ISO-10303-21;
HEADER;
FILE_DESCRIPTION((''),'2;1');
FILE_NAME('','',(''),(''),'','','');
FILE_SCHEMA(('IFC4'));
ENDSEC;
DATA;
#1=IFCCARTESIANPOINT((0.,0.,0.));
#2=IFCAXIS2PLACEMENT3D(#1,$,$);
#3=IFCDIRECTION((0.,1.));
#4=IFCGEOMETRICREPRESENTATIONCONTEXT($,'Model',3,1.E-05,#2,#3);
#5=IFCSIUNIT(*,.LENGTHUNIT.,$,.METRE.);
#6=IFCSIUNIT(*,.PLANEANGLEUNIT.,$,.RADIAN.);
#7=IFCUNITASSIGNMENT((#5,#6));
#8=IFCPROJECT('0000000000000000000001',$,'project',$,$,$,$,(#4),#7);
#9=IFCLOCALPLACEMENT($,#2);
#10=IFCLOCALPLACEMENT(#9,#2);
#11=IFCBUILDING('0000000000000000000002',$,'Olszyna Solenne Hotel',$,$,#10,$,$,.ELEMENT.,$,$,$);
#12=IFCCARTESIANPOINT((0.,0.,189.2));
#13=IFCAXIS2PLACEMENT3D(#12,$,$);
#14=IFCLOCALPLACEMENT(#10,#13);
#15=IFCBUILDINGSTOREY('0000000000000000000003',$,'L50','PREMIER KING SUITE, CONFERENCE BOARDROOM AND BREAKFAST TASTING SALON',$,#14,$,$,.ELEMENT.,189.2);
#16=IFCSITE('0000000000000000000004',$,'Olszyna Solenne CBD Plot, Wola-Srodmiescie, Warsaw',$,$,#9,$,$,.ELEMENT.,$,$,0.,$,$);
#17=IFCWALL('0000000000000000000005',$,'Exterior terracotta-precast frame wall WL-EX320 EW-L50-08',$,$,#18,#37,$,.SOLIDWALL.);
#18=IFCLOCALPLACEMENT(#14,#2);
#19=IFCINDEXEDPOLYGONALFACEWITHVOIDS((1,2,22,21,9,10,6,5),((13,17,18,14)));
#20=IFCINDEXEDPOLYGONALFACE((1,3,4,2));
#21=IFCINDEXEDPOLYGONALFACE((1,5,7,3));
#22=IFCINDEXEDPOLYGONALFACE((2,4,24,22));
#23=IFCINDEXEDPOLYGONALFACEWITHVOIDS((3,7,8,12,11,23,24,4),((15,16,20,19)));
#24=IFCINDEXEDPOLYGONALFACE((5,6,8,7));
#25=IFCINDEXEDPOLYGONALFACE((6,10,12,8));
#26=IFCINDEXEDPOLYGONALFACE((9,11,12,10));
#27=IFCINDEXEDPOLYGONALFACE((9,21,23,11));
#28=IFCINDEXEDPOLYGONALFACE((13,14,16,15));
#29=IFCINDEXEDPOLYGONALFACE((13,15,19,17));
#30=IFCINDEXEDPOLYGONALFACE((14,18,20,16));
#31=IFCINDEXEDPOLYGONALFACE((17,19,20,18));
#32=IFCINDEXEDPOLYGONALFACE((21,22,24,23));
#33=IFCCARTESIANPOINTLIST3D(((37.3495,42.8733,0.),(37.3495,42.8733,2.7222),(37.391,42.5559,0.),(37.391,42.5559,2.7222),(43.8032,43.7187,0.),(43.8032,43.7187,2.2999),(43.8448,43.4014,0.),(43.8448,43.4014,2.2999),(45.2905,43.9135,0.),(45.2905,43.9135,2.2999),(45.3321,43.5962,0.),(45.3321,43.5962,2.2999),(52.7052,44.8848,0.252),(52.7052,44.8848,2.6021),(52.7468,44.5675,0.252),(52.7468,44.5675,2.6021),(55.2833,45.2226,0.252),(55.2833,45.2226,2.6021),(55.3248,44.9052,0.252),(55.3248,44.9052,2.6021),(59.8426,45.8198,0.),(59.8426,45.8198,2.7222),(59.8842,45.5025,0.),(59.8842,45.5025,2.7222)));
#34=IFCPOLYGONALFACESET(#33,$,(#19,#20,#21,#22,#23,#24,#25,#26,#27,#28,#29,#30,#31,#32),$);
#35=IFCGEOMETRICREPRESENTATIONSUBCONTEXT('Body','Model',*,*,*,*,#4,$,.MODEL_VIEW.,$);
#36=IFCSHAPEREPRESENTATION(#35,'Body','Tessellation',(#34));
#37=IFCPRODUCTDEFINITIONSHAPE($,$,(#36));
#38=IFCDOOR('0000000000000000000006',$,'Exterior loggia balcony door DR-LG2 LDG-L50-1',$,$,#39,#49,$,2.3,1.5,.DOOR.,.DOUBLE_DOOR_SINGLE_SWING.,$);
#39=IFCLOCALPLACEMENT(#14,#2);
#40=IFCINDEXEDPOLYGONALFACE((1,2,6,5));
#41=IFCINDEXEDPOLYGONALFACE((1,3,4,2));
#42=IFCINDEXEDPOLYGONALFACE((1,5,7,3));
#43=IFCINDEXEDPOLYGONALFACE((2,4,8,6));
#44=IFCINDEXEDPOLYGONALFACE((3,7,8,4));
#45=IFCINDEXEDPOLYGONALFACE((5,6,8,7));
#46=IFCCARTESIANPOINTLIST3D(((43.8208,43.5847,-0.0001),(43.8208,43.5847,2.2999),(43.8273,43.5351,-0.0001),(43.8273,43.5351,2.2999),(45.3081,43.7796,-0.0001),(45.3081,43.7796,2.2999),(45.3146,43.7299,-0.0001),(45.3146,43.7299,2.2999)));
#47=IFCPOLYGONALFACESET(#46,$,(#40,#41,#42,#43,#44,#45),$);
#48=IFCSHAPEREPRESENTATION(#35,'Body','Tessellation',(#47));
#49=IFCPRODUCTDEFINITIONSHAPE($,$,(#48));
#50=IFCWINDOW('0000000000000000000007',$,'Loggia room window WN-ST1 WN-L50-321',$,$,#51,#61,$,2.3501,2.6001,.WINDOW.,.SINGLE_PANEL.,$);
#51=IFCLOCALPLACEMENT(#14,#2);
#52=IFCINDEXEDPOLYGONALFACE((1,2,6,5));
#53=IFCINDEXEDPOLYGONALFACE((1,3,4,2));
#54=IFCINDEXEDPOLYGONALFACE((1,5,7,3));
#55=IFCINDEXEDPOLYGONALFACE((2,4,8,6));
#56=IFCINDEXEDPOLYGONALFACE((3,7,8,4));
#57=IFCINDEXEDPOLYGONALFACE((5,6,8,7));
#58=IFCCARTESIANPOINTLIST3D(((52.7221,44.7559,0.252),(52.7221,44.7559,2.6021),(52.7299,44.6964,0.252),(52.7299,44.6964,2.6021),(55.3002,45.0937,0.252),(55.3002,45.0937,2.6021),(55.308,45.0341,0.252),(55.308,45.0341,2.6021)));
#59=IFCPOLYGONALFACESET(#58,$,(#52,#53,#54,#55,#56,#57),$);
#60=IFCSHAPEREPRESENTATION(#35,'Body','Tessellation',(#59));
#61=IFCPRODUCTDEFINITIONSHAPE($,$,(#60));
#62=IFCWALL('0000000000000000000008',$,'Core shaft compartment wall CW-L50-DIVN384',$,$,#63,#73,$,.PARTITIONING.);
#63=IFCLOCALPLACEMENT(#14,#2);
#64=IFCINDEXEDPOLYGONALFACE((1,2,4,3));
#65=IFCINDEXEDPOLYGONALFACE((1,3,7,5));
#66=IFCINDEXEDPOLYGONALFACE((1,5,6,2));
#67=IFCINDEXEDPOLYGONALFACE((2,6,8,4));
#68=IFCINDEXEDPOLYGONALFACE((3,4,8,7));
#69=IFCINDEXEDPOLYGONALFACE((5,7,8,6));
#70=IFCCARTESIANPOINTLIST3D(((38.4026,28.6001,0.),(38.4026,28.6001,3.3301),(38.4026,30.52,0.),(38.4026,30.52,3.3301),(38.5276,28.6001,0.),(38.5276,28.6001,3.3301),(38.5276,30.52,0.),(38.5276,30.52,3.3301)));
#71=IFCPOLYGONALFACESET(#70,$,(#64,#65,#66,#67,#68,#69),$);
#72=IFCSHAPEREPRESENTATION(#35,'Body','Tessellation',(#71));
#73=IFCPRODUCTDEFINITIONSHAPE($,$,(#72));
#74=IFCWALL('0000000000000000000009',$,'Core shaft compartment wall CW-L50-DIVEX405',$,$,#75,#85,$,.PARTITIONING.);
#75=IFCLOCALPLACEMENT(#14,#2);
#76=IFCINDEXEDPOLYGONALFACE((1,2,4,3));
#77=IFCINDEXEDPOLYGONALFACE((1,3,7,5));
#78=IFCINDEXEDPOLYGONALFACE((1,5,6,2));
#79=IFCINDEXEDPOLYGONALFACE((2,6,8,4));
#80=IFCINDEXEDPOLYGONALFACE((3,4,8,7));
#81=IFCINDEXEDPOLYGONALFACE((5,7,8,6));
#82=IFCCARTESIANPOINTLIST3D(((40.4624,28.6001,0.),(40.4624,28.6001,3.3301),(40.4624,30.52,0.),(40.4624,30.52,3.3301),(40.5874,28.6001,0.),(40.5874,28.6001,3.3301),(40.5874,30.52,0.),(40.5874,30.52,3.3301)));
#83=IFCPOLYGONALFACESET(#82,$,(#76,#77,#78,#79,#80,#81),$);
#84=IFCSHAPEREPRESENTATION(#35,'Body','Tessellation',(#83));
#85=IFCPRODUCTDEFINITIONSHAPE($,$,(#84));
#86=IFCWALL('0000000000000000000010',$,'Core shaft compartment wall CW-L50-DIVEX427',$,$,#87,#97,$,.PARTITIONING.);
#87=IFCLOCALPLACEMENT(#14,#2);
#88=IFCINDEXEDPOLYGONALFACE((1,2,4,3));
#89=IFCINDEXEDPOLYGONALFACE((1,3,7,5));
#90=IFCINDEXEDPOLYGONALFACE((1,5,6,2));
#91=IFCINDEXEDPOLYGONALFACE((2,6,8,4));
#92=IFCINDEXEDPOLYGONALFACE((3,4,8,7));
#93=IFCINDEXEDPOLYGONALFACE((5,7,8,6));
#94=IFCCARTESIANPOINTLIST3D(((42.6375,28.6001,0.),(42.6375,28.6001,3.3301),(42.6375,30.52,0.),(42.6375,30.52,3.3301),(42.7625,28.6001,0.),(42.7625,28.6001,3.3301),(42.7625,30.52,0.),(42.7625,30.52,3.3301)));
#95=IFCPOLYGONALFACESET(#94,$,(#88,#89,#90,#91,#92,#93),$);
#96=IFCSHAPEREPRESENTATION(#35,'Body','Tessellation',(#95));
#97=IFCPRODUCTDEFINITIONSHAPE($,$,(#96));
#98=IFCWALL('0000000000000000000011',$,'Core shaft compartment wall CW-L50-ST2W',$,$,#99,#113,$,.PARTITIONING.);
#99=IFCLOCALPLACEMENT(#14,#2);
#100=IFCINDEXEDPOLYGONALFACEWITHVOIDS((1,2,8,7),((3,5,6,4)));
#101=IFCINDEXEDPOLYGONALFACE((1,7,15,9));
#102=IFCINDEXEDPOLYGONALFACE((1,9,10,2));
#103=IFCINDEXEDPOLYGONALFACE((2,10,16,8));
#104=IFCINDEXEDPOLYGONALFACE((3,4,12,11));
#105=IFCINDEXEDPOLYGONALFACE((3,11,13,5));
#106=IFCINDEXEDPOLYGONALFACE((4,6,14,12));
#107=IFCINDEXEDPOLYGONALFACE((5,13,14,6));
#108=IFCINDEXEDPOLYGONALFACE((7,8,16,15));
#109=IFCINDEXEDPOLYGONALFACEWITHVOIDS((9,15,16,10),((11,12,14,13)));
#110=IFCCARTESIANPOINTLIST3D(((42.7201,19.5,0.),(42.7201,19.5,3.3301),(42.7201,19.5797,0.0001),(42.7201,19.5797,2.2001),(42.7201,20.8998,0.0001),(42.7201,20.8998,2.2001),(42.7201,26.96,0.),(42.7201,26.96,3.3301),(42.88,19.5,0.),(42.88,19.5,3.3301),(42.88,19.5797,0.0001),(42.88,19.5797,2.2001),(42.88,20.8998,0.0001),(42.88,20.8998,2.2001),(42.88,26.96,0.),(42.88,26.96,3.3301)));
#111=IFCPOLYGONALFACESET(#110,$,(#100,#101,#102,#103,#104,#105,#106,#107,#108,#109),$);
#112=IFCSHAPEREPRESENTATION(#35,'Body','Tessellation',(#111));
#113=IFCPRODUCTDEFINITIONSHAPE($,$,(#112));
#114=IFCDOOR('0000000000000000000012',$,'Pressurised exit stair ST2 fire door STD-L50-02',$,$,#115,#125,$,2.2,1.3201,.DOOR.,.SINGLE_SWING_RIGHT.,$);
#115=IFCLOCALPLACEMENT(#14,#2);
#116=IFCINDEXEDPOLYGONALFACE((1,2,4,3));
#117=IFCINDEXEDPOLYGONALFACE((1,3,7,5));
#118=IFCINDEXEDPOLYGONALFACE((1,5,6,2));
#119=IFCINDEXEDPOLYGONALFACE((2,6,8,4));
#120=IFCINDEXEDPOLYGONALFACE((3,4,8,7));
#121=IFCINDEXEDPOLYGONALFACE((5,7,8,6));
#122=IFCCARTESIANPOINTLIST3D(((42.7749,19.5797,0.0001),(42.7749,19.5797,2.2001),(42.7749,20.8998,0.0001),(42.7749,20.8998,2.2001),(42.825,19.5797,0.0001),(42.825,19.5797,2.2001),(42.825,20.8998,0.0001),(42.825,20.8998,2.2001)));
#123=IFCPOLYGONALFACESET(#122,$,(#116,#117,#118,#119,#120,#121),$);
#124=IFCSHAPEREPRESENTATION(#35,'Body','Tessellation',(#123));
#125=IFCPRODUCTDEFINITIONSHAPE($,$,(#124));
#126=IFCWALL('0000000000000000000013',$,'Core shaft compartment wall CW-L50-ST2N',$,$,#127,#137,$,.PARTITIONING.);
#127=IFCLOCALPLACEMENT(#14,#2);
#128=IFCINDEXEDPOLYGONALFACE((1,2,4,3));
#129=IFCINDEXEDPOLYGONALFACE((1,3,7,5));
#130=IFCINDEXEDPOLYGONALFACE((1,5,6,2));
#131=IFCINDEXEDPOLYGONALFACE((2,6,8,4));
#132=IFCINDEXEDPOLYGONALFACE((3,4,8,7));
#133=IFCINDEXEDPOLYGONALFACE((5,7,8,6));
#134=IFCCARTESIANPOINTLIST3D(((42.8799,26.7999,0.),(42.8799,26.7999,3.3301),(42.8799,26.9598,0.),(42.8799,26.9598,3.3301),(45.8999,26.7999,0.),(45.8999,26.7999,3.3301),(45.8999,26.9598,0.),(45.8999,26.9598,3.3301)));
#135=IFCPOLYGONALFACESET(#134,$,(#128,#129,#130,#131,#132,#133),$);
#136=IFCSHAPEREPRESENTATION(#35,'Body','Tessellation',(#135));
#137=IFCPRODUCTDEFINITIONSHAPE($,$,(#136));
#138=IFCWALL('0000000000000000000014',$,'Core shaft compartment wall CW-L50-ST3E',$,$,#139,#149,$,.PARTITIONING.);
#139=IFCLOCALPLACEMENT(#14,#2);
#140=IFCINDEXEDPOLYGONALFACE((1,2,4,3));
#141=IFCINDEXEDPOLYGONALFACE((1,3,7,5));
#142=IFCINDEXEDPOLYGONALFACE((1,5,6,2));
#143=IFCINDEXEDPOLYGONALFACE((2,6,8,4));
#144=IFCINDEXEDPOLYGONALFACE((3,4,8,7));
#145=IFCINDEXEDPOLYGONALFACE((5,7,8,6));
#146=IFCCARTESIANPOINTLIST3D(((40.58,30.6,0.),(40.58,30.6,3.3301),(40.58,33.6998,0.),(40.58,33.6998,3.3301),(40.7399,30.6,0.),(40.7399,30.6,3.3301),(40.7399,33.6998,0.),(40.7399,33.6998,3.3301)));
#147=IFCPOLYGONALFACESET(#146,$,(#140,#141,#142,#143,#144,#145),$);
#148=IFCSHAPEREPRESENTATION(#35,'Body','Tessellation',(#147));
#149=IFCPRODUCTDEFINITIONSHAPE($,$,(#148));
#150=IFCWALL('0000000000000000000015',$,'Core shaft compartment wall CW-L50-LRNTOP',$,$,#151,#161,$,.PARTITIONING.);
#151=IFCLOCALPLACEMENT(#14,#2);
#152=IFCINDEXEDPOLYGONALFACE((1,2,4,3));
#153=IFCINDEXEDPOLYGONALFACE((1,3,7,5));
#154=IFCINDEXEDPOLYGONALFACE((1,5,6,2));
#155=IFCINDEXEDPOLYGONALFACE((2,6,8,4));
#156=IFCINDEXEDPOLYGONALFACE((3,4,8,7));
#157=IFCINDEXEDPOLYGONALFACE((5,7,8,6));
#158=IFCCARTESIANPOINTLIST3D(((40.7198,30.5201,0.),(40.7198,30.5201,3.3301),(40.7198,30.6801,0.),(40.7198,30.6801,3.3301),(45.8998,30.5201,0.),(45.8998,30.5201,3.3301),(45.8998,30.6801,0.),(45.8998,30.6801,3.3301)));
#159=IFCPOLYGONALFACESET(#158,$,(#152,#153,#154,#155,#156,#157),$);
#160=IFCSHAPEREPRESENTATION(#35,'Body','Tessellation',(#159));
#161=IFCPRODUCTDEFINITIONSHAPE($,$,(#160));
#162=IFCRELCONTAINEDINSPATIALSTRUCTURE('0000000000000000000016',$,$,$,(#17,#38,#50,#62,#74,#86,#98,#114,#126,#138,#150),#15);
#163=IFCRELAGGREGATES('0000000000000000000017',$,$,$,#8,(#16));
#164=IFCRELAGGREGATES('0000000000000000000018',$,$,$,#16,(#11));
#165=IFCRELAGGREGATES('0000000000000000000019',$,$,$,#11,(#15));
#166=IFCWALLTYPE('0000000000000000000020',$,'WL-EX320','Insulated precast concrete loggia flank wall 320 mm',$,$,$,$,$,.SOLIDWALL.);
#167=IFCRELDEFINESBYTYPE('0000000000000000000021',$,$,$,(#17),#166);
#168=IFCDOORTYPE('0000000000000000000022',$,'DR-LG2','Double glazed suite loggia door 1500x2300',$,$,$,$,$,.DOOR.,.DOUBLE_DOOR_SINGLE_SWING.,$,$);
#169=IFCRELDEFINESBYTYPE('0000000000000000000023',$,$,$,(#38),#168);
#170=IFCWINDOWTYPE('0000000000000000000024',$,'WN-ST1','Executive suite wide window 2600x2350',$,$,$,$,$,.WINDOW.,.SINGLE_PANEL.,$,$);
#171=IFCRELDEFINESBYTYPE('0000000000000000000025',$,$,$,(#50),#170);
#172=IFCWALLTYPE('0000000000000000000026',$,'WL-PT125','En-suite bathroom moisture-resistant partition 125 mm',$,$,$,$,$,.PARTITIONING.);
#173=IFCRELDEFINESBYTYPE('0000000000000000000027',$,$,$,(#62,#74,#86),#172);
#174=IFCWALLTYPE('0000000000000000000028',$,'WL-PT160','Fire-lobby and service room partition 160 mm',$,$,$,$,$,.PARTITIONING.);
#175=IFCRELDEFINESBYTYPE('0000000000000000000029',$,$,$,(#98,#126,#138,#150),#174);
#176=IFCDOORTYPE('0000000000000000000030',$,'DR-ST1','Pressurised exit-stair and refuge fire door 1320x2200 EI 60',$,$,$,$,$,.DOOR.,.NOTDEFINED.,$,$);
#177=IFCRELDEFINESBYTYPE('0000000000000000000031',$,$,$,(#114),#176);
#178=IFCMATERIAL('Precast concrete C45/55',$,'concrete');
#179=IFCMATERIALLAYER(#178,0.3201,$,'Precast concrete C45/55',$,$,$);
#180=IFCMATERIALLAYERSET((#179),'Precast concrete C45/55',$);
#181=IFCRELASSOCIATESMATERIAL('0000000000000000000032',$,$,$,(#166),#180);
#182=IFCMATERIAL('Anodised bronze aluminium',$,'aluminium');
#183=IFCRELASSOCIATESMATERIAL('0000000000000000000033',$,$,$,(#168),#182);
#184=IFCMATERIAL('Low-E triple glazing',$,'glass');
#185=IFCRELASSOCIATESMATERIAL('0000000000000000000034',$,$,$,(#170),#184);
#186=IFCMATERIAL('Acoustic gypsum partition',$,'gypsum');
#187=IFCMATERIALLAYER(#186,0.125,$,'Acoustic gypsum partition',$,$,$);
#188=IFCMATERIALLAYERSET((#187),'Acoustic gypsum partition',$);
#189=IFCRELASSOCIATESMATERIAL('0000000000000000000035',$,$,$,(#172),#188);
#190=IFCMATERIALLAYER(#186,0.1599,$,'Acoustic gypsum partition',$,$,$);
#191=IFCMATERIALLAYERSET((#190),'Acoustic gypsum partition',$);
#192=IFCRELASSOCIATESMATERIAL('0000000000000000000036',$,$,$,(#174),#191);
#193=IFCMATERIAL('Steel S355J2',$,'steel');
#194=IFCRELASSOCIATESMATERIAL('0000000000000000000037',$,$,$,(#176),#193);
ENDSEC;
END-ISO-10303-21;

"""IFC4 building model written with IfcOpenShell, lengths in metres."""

from ifc_helpers import new_model, si_unit, direction, frame, frame_2d, origin, place, context, subcontext, project, spatial, rectangle, extrude, source, transform, mapped, material, layer, layer_set, type_object, type_shapes, element, fill, save


model = new_model("IFC4")

# Units and contexts
model_context = context("Model", 3, precision=1e-05, world=origin(), true_north=direction((0.0, 1.0)))
body_context = subcontext(model_context, "Body", "Model", "MODEL_VIEW")
ifc_project = project(units=[si_unit("LENGTHUNIT", "METRE"), si_unit("PLANEANGLEUNIT", "RADIAN")], contexts=[model_context])

# Site, building, storey
site_placement = place(None, origin())
site = spatial("IfcSite", under=ifc_project, at=site_placement, Name="Olszyna Solenne CBD Plot, Wola-Srodmiescie, Warsaw", CompositionType="ELEMENT", RefElevation=0.0)
building_placement = place(site_placement, origin())
building = spatial("IfcBuilding", under=site, at=building_placement, Name="Olszyna Solenne Hotel", CompositionType="ELEMENT")
storey_placement = place(building_placement, frame((0.0, 0.0, 189.2)))
storey = spatial("IfcBuildingStorey", under=building, at=storey_placement, Name="L50", Description="PREMIER KING SUITE, CONFERENCE BOARDROOM AND BREAKFAST TASTING SALON", CompositionType="ELEMENT", Elevation=189.2)

# Shared definitions
ifc_material_1 = material(Name="Steel S355J2", Category="steel")

# Wall, openings, door, window
ifc_material_2 = material(Name="Precast concrete C45/55", Category="concrete")
ifc_layer_1 = layer(ifc_material_2, 0.3201, Name="Precast concrete C45/55")
ifc_layer_set_1 = layer_set([ifc_layer_1], Name="Precast concrete C45/55")
wall_type_1 = type_object("IfcWallType", Name="WL-EX320", Description="Insulated precast concrete loggia flank wall 320 mm", PredefinedType="SOLIDWALL", material=ifc_layer_set_1)
wall_1_placement = place(storey_placement, frame((37.3701, 42.7146, 0.0), z_axis=(0.0, 0.0, 1.0), x_axis=(0.991529, 0.129887, 0.0)))
wall_1 = element("IfcWall", 1, at=wall_1_placement, inside=storey, type_object=wall_type_1, Name="Exterior terracotta-precast frame wall WL-EX320 EW-L50-08", PredefinedType="SOLIDWALL", context=body_context, shape_type="SweptSolid", body=[
    extrude(rectangle(XDim=22.6853, YDim=0.3201, at=frame_2d((11.3428, 0.0))), origin(), (0.0, 0.0, 1.0), 2.7222),
])
opening_1_placement = place(wall_1_placement, frame((6.509, 0.0, 0.0)))
opening_1 = element("IfcOpeningElement", 2, at=opening_1_placement, cuts=wall_1, PredefinedType="OPENING", context=body_context, shape_type="SweptSolid", body=[
    extrude(rectangle(XDim=1.5, YDim=2.3, at=frame_2d((0.75, 1.1499))), frame((0.0, 0.1699, 0.0), z_axis=(0.0, -1.0, 0.0), x_axis=(1.0, 0.0, 0.0)), (0.0, 0.0, 1.0), 0.3401),
])
opening_2_placement = place(wall_1_placement, frame((15.4871, 0.0, 0.252)))
opening_2 = element("IfcOpeningElement", 3, at=opening_2_placement, cuts=wall_1, PredefinedType="OPENING", context=body_context, shape_type="SweptSolid", body=[
    extrude(rectangle(XDim=2.6001, YDim=2.3501, at=frame_2d((1.3, 1.175))), frame((0.0, 0.1699, 0.0), z_axis=(0.0, -1.0, 0.0), x_axis=(1.0, 0.0, 0.0)), (0.0, 0.0, 1.0), 0.3401),
])
ifc_material_3 = material(Name="Anodised bronze aluminium", Category="aluminium")
door_type_1 = type_object("IfcDoorType", Name="DR-LG2", Description="Double glazed suite loggia door 1500x2300", OperationType="DOUBLE_DOOR_SINGLE_SWING", PredefinedType="DOOR", material=ifc_material_3)
shared_shape_1 = source(origin(), body_context, "Body", "SweptSolid", [
    extrude(rectangle(XDim=1.5, YDim=2.3, at=frame_2d((0.75, 1.1499))), frame((0.0, 0.0249, 0.0), z_axis=(0.0, -1.0, 0.0), x_axis=(1.0, 0.0, 0.0)), (0.0, 0.0, 1.0), 0.05),
])
type_shapes(door_type_1, [shared_shape_1])
door_1_placement = place(opening_1_placement, origin())
door_1 = element("IfcDoor", 4, at=door_1_placement, inside=storey, type_object=door_type_1, Name="Exterior loggia balcony door DR-LG2 LDG-L50-1", OperationType="DOUBLE_DOOR_SINGLE_SWING", OverallHeight=2.3, OverallWidth=1.5, PredefinedType="DOOR", context=body_context, shape_type="MappedRepresentation", body=[
    mapped(shared_shape_1, transform((0.0, 0.0, 0.0), x_axis=(1.0, 0.0, 0.0), y_axis=(0.0, 1.0, 0.0), z_axis=(0.0, 0.0, 1.0), scale=1.0)),
])
fill(opening_1, door_1)
ifc_material_4 = material(Name="Low-E triple glazing", Category="glass")
window_type = type_object("IfcWindowType", Name="WN-ST1", Description="Executive suite wide window 2600x2350", PartitioningType="SINGLE_PANEL", PredefinedType="WINDOW", material=ifc_material_4)
shared_shape_2 = source(origin(), body_context, "Body", "SweptSolid", [
    extrude(rectangle(XDim=2.6001, YDim=2.3501, at=frame_2d((1.3, 1.175))), frame((0.0, 0.03, 0.0), z_axis=(0.0, -1.0, 0.0), x_axis=(1.0, 0.0, 0.0)), (0.0, 0.0, 1.0), 0.0601),
])
type_shapes(window_type, [shared_shape_2])
window_placement = place(opening_2_placement, origin())
window = element("IfcWindow", 5, at=window_placement, inside=storey, type_object=window_type, Name="Loggia room window WN-ST1 WN-L50-321", OverallHeight=2.3501, OverallWidth=2.6001, PartitioningType="SINGLE_PANEL", PredefinedType="WINDOW", context=body_context, shape_type="MappedRepresentation", body=[
    mapped(shared_shape_2, transform((0.0, 0.0, 0.0), x_axis=(1.0, 0.0, 0.0), y_axis=(0.0, 1.0, 0.0), z_axis=(0.0, 0.0, 1.0), scale=1.0)),
])
fill(opening_2, window)

# Walls
ifc_material_5 = material(Name="Acoustic gypsum partition", Category="gypsum")
ifc_layer_2 = layer(ifc_material_5, 0.125, Name="Acoustic gypsum partition")
ifc_layer_set_2 = layer_set([ifc_layer_2], Name="Acoustic gypsum partition")
wall_type_2 = type_object("IfcWallType", Name="WL-PT125", Description="En-suite bathroom moisture-resistant partition 125 mm", PredefinedType="PARTITIONING", material=ifc_layer_set_2)
for number, where, z_axis, x_axis, name in (
    (6, (38.4651, 28.6001, 0.0), (0.0, 0.0, 1.0), (0.0, 1.0, 0.0), "Core shaft compartment wall CW-L50-DIVN384"),
    (7, (40.5249, 28.6001, 0.0), (0.0, 0.0, 1.0), (0.0, 1.0, 0.0), "Core shaft compartment wall CW-L50-DIVEX405"),
    (8, (42.7, 28.6001, 0.0), (0.0, 0.0, 1.0), (0.0, 1.0, 0.0), "Core shaft compartment wall CW-L50-DIVEX427"),
):
    element("IfcWall", number, at=place(storey_placement, frame(where, z_axis=z_axis, x_axis=x_axis)), inside=storey, type_object=wall_type_2, Name=name, PredefinedType="PARTITIONING", context=body_context, shape_type="SweptSolid", body=[
        extrude(rectangle(XDim=1.9199, YDim=0.125, at=frame_2d((0.96, 0.0))), origin(), (0.0, 0.0, 1.0), 3.3301),
    ])

# Wall, opening, door
ifc_layer_3 = layer(ifc_material_5, 0.1599, Name="Acoustic gypsum partition")
ifc_layer_set_3 = layer_set([ifc_layer_3], Name="Acoustic gypsum partition")
wall_type_3 = type_object("IfcWallType", Name="WL-PT160", Description="Fire-lobby and service room partition 160 mm", PredefinedType="PARTITIONING", material=ifc_layer_set_3)
wall_2_placement = place(storey_placement, frame((42.8, 26.96, 0.0), z_axis=(0.0, 0.0, 1.0), x_axis=(0.0, -1.0, 0.0)))
wall_2 = element("IfcWall", 9, at=wall_2_placement, inside=storey, type_object=wall_type_3, Name="Core shaft compartment wall CW-L50-ST2W", PredefinedType="PARTITIONING", context=body_context, shape_type="SweptSolid", body=[
    extrude(rectangle(XDim=7.46, YDim=0.1599, at=frame_2d((3.73, 0.0))), origin(), (0.0, 0.0, 1.0), 3.3301),
])
opening_3_placement = place(wall_2_placement, frame((6.0601, 0.0, 0.0)))
opening_3 = element("IfcOpeningElement", 10, at=opening_3_placement, cuts=wall_2, PredefinedType="OPENING", context=body_context, shape_type="SweptSolid", body=[
    extrude(rectangle(XDim=1.3201, YDim=2.2, at=frame_2d((0.6602, 1.1001))), frame((0.0, 0.0898, 0.0), z_axis=(0.0, -1.0, 0.0), x_axis=(1.0, 0.0, 0.0)), (0.0, 0.0, 1.0), 0.1799),
])
door_type_2 = type_object("IfcDoorType", Name="DR-ST1", Description="Pressurised exit-stair and refuge fire door 1320x2200 EI 60", OperationType="NOTDEFINED", PredefinedType="DOOR", material=ifc_material_1)
shared_shape_3 = source(origin(), body_context, "Body", "SweptSolid", [
    extrude(rectangle(XDim=1.3201, YDim=2.2, at=frame_2d((0.6602, 1.1001))), frame((0.0, 0.0249, 0.0), z_axis=(0.0, -1.0, 0.0), x_axis=(1.0, 0.0, 0.0)), (0.0, 0.0, 1.0), 0.05),
])
type_shapes(door_type_2, [shared_shape_3])
door_2_placement = place(opening_3_placement, origin())
door_2 = element("IfcDoor", 11, at=door_2_placement, inside=storey, type_object=door_type_2, Name="Pressurised exit stair ST2 fire door STD-L50-02", OperationType="SINGLE_SWING_RIGHT", OverallHeight=2.2, OverallWidth=1.3201, PredefinedType="DOOR", context=body_context, shape_type="MappedRepresentation", body=[
    mapped(shared_shape_3, transform((0.0, 0.0, 0.0), x_axis=(1.0, 0.0, 0.0), y_axis=(0.0, 1.0, 0.0), z_axis=(0.0, 0.0, 1.0), scale=1.0)),
])
fill(opening_3, door_2)

# Walls
wall_3_placement = place(storey_placement, frame((42.8799, 26.8799, 0.0), z_axis=(0.0, 0.0, 1.0), x_axis=(1.0, 0.0, 0.0)))
element("IfcWall", 12, at=wall_3_placement, inside=storey, type_object=wall_type_3, Name="Core shaft compartment wall CW-L50-ST2N", PredefinedType="PARTITIONING", context=body_context, shape_type="SweptSolid", body=[
    extrude(rectangle(XDim=3.02, YDim=0.1599, at=frame_2d((1.51, 0.0))), origin(), (0.0, 0.0, 1.0), 3.3301),
])
wall_4_placement = place(storey_placement, frame((40.6599, 30.6001, 0.0), z_axis=(0.0, 0.0, 1.0), x_axis=(0.0, 1.0, 0.0)))
element("IfcWall", 13, at=wall_4_placement, inside=storey, type_object=wall_type_3, Name="Core shaft compartment wall CW-L50-ST3E", PredefinedType="PARTITIONING", context=body_context, shape_type="SweptSolid", body=[
    extrude(rectangle(XDim=3.0999, YDim=0.1599, at=frame_2d((1.5498, 0.0))), origin(), (0.0, 0.0, 1.0), 3.3301),
])
wall_5_placement = place(storey_placement, frame((40.72, 30.6001, 0.0), z_axis=(0.0, 0.0, 1.0), x_axis=(1.0, 0.0, 0.0)))
element("IfcWall", 14, at=wall_5_placement, inside=storey, type_object=wall_type_3, Name="Core shaft compartment wall CW-L50-LRNTOP", PredefinedType="PARTITIONING", context=body_context, shape_type="SweptSolid", body=[
    extrude(rectangle(XDim=5.1799, YDim=0.1599, at=frame_2d((2.5898, 0.0))), origin(), (0.0, 0.0, 1.0), 3.3301),
])

save(model, "model.ifc")
